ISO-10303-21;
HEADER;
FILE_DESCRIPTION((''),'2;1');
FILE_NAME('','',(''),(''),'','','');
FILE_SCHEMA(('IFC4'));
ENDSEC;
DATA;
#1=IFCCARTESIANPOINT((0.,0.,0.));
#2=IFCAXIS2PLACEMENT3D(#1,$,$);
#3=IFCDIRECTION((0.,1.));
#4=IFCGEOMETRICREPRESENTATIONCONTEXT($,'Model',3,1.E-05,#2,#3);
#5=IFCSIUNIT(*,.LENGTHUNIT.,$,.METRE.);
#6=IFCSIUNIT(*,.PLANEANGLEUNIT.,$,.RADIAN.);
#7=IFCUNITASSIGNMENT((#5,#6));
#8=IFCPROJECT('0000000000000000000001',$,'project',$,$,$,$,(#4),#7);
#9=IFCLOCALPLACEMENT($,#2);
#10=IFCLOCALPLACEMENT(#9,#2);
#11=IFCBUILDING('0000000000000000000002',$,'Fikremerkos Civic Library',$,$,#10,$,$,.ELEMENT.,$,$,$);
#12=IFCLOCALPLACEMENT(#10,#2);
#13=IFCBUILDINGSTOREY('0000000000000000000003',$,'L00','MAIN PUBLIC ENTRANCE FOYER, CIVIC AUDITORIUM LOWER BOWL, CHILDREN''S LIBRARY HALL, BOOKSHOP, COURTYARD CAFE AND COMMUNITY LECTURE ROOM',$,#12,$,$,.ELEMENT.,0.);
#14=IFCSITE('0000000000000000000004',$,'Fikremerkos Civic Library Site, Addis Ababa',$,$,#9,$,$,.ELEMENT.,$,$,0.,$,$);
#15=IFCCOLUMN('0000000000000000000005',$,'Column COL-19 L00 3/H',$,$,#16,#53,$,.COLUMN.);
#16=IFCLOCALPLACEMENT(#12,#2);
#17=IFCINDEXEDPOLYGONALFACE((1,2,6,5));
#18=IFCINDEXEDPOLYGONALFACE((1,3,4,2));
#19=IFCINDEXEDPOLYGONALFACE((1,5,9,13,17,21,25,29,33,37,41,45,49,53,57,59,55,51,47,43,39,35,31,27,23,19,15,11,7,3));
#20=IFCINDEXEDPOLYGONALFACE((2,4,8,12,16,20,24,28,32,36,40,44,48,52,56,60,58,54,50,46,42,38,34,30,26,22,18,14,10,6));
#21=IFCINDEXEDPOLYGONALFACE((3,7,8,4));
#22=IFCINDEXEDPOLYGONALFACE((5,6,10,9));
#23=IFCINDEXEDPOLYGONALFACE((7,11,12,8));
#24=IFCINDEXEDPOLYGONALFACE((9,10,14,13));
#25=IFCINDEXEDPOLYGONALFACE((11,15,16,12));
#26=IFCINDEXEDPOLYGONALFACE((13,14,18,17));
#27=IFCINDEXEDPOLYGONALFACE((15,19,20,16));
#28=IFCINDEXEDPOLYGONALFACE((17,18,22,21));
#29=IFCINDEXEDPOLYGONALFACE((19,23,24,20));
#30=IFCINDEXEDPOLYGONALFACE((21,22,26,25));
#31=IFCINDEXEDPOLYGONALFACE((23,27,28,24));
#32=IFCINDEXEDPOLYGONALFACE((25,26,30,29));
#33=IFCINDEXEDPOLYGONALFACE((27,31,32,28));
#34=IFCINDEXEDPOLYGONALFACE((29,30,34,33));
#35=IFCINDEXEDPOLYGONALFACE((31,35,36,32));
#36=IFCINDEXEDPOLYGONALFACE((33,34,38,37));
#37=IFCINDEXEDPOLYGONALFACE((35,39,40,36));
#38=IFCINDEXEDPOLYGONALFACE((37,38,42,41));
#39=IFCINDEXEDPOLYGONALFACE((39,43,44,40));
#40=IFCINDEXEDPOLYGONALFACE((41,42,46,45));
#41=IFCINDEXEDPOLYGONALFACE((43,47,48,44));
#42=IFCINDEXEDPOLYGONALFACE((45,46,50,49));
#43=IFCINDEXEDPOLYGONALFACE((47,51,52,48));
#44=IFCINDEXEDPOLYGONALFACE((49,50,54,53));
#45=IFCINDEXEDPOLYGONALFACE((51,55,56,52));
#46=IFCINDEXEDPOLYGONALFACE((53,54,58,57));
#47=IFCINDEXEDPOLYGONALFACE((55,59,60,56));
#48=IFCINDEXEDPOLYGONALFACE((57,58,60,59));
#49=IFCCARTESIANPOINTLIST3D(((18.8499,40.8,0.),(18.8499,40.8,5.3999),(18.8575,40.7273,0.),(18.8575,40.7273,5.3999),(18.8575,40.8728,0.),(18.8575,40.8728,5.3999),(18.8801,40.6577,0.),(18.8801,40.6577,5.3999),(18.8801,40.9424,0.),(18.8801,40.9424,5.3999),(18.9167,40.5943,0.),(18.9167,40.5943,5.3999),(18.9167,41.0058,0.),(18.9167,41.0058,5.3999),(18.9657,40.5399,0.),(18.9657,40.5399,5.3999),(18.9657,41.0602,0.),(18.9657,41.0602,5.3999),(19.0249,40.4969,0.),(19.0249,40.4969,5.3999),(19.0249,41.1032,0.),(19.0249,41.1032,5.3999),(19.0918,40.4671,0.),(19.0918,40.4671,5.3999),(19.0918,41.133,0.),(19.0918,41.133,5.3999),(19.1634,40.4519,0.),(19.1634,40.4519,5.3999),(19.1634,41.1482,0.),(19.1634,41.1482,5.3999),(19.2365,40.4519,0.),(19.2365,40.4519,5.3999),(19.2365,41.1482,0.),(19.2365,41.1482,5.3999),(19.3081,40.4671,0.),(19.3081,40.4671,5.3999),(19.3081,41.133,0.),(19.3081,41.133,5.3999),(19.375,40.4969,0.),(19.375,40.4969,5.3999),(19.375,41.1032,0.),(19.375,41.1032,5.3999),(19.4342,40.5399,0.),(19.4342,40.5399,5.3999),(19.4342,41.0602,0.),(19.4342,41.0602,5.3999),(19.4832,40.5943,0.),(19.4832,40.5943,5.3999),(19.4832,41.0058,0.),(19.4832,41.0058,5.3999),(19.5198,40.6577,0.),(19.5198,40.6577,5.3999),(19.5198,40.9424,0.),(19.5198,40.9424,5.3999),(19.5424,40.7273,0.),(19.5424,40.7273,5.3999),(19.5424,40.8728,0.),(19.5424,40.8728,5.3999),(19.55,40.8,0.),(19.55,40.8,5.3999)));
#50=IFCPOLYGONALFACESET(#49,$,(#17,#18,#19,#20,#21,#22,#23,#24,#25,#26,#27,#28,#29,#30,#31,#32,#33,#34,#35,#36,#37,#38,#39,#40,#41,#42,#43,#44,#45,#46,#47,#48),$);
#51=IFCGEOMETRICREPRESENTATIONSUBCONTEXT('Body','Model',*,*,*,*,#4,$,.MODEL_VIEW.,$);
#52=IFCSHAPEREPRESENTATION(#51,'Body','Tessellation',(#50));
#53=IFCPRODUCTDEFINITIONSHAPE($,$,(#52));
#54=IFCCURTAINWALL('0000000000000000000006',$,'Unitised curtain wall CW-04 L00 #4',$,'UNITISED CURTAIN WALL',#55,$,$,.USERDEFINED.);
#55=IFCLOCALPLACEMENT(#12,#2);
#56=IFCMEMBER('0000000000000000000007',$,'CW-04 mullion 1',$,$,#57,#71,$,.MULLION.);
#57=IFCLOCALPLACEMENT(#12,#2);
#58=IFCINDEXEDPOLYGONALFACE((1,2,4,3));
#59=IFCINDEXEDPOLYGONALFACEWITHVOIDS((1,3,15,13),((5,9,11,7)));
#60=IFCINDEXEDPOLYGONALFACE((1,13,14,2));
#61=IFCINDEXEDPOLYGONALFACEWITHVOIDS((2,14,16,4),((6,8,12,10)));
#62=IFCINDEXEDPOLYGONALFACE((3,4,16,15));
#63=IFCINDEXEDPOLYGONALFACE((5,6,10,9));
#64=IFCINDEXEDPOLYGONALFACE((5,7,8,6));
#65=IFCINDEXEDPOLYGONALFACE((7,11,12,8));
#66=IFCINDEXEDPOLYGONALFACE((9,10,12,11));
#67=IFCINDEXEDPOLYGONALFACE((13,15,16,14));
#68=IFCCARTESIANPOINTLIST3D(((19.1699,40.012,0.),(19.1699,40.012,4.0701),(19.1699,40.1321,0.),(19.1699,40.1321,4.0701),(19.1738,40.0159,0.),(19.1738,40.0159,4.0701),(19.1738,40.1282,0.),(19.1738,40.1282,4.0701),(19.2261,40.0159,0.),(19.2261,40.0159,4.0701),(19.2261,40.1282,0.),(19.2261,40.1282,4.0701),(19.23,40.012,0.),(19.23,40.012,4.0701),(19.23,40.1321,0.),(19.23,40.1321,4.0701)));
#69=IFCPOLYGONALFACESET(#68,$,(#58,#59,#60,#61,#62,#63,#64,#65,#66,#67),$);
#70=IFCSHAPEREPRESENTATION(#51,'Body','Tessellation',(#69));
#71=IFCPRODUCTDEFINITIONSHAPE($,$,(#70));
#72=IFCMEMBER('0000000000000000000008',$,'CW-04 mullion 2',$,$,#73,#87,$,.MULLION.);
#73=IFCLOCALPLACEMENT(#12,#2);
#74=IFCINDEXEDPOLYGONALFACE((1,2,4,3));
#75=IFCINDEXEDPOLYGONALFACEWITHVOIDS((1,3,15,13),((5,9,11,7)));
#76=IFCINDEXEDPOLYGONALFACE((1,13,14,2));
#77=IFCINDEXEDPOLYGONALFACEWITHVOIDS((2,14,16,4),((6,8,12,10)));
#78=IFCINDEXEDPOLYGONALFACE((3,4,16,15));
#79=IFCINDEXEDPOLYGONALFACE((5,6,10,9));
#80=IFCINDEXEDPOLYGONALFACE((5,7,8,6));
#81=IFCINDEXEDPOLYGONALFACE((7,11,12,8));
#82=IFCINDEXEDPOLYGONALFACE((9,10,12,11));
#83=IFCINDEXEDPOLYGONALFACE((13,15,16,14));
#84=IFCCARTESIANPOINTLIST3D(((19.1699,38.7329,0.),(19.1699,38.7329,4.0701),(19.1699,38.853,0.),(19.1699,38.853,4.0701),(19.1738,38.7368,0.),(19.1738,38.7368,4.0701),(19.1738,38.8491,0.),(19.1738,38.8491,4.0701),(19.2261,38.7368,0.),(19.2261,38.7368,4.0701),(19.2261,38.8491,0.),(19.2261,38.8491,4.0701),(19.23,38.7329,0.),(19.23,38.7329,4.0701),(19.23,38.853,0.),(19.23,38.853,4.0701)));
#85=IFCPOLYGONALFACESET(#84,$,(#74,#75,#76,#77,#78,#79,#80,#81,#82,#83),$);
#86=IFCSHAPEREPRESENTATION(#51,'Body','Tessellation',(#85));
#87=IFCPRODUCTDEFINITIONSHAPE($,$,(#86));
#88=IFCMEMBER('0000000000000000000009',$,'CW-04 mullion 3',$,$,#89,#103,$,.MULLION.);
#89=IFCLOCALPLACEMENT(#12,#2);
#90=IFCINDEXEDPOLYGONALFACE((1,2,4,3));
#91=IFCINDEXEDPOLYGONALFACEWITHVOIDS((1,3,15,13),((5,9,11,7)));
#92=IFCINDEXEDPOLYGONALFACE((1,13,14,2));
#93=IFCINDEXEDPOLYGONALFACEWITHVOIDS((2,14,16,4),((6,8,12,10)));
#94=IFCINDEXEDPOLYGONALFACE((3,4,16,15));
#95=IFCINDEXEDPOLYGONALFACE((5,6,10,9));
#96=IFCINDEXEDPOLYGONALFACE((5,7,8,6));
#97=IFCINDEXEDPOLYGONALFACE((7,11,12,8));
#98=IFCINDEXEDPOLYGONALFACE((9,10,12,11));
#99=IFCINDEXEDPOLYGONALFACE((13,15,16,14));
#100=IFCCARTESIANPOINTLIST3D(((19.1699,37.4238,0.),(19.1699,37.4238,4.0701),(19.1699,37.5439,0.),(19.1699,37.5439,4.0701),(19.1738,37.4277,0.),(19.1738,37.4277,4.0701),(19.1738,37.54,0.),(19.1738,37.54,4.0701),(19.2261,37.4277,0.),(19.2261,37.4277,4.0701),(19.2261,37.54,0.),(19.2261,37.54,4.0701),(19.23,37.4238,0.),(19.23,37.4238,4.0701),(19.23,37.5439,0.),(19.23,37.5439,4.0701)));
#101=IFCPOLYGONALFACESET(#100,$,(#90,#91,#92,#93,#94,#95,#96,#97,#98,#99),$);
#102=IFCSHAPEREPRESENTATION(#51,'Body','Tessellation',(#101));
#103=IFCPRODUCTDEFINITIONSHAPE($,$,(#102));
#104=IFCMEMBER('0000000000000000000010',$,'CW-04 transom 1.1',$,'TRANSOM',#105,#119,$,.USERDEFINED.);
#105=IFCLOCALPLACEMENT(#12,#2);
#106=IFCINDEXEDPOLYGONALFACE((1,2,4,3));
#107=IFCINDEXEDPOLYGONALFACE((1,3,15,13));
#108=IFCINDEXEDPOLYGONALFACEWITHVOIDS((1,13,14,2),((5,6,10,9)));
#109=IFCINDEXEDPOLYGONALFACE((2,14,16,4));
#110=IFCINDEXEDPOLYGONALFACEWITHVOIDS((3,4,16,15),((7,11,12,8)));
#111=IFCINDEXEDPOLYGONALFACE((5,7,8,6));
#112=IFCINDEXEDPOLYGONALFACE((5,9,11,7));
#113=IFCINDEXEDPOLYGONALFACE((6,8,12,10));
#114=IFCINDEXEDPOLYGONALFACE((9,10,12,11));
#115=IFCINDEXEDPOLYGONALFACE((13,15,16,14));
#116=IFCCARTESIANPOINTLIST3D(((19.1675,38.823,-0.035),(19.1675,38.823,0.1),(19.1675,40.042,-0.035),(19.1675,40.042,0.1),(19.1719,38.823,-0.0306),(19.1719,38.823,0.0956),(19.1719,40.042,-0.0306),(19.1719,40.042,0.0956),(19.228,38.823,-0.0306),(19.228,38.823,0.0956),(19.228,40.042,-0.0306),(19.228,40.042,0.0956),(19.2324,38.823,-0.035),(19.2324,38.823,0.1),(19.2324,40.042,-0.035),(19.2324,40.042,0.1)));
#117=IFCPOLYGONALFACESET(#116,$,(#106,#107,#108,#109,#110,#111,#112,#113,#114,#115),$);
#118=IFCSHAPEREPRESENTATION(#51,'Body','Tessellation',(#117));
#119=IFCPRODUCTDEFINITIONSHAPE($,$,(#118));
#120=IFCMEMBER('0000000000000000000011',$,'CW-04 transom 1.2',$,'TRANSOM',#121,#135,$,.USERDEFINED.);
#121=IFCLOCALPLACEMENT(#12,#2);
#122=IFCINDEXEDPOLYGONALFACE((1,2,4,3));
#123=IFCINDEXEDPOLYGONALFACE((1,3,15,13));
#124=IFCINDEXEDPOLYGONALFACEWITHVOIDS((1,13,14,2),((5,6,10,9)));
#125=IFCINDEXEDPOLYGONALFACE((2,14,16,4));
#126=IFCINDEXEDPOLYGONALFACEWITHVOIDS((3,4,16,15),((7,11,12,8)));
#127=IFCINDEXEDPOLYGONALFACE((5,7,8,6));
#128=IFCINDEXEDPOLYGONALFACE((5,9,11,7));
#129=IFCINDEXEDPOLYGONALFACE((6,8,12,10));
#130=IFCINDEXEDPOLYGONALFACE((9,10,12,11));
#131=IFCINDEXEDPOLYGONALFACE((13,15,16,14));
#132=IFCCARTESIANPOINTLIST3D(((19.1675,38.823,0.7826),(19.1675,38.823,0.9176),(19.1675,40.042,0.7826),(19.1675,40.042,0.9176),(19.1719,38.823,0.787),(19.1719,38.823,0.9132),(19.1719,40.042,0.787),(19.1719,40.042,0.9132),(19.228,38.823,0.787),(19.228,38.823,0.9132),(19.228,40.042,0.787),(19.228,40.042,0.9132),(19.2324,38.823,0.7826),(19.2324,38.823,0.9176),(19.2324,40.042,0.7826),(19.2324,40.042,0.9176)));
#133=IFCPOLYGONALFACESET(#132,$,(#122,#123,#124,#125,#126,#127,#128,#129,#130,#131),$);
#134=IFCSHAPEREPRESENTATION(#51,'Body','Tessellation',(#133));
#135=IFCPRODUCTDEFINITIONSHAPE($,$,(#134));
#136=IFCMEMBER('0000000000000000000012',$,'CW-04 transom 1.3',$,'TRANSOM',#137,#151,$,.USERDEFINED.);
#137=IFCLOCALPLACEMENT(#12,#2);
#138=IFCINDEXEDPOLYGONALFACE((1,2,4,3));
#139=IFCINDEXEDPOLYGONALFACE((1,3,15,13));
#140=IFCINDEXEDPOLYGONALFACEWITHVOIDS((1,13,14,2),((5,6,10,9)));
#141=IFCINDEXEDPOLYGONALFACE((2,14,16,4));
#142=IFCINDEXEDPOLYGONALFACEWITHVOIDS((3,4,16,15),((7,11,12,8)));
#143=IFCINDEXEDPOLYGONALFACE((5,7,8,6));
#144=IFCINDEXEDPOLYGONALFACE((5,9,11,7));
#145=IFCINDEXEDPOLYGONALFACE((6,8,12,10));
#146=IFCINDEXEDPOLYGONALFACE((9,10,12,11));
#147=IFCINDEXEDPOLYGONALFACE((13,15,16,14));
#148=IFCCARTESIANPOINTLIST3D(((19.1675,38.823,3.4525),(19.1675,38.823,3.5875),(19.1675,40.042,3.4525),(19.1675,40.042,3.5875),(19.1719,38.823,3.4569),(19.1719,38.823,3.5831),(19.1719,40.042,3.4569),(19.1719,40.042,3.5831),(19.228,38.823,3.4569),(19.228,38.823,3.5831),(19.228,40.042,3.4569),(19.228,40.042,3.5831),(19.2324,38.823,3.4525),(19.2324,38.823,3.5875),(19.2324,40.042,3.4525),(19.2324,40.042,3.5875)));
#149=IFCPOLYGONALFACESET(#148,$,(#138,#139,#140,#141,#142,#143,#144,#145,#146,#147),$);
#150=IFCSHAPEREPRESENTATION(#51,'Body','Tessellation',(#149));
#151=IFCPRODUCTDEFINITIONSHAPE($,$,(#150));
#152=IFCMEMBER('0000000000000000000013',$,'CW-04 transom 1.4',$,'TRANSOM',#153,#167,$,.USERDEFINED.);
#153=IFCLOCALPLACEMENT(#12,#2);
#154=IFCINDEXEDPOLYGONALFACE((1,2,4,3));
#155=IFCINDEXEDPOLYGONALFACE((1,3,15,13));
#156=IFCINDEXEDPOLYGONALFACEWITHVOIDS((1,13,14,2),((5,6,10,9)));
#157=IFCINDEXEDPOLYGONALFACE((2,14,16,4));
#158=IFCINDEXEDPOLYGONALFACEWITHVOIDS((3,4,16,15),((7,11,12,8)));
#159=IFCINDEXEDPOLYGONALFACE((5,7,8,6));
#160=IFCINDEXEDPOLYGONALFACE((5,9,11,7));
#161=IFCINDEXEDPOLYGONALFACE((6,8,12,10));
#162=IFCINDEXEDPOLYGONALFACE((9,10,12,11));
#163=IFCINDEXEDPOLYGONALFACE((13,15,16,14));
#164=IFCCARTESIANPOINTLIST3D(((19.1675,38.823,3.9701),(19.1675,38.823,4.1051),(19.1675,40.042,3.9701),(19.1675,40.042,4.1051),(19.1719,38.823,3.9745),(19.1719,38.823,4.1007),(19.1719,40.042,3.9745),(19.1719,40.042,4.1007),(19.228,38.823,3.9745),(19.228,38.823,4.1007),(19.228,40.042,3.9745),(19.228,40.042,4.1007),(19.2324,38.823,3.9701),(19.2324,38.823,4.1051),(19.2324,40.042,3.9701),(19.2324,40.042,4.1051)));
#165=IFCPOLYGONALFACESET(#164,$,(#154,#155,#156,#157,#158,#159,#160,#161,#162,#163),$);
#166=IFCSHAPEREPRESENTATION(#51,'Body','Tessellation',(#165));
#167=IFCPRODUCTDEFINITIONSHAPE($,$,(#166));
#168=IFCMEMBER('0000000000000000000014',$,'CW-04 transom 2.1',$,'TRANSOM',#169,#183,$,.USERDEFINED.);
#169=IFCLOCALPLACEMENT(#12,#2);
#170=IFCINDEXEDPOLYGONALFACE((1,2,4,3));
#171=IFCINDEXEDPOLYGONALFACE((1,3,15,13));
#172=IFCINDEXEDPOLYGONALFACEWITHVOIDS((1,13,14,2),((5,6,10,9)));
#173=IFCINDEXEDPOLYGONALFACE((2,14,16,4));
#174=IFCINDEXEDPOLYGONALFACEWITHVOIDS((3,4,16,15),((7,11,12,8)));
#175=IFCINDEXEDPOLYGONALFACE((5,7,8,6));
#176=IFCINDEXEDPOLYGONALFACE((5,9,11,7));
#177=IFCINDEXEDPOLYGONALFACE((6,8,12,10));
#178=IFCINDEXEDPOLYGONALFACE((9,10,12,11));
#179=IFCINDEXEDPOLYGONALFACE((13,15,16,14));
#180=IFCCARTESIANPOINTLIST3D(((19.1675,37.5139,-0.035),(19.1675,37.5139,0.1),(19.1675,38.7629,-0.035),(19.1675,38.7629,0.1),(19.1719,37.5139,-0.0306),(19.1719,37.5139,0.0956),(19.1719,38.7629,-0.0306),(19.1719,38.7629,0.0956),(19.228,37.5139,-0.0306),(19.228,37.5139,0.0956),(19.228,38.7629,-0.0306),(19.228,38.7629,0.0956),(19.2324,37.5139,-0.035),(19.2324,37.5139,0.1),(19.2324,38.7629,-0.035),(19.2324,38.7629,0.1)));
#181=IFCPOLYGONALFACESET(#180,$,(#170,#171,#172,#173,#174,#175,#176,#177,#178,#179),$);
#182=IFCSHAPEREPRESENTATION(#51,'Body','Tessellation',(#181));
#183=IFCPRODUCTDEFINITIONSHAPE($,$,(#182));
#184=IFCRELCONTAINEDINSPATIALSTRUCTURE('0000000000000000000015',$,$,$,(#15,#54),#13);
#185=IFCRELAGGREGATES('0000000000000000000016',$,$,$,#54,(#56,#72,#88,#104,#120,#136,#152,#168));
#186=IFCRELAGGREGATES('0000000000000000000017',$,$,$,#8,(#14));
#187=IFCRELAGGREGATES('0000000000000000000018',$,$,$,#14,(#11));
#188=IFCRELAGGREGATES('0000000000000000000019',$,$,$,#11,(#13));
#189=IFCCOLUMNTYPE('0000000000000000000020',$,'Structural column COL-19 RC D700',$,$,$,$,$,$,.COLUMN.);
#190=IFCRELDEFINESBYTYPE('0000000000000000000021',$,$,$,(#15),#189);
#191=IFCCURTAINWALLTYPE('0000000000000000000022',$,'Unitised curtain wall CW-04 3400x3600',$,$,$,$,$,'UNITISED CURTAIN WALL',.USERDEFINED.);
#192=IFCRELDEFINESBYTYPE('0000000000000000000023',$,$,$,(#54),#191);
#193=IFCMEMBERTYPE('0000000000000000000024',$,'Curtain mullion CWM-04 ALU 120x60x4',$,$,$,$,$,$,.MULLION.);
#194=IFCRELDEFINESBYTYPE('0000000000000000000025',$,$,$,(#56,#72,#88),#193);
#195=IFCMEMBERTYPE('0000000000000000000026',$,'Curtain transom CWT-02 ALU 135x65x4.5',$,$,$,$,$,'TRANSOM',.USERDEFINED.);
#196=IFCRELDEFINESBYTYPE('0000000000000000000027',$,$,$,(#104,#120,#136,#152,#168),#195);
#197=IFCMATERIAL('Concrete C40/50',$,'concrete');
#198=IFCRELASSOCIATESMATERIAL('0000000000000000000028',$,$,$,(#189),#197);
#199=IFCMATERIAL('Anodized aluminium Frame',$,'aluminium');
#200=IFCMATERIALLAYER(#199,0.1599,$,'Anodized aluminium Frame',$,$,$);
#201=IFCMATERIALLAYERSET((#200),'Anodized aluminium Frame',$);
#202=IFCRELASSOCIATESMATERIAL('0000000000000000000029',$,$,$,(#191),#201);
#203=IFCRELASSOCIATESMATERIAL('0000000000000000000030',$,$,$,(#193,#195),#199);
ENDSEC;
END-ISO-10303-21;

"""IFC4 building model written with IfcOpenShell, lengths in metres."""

from ifc_helpers import new_model, si_unit, direction, frame, origin, origin_2d, place, context, subcontext, project, spatial, hollow_rectangle, circle, extrude, material, layer, layer_set, material_profile, profile_set, type_object, element, aggregate, save


model = new_model("IFC4")

# Units and contexts
model_context = context("Model", 3, precision=1e-05, world=origin(), true_north=direction((0.0, 1.0)))
body_context = subcontext(model_context, "Body", "Model", "MODEL_VIEW")
ifc_project = project(units=[si_unit("LENGTHUNIT", "METRE"), si_unit("PLANEANGLEUNIT", "RADIAN")], contexts=[model_context])

# Site, building, storey
site_placement = place(None, origin())
site = spatial("IfcSite", under=ifc_project, at=site_placement, Name="Fikremerkos Civic Library Site, Addis Ababa", CompositionType="ELEMENT", RefElevation=0.0)
building_placement = place(site_placement, origin())
building = spatial("IfcBuilding", under=site, at=building_placement, Name="Fikremerkos Civic Library", CompositionType="ELEMENT")
storey_placement = place(building_placement, origin())
storey = spatial("IfcBuildingStorey", under=building, at=storey_placement, Name="L00", Description="MAIN PUBLIC ENTRANCE FOYER, CIVIC AUDITORIUM LOWER BOWL, CHILDREN'S LIBRARY HALL, BOOKSHOP, COURTYARD CAFE AND COMMUNITY LECTURE ROOM", CompositionType="ELEMENT", Elevation=0.0)

# Column
ifc_material_1 = material(Name="Concrete C40/50", Category="concrete")
ifc_material_profile_1 = material_profile(ifc_material_1, circle(Radius=0.3501, at=origin_2d()), Name="RC D700")
ifc_profile_set_1 = profile_set([ifc_material_profile_1], Name="Concrete C40/50")
column_type = type_object("IfcColumnType", Name="Structural column COL-19 RC D700", PredefinedType="COLUMN", material=ifc_profile_set_1)
column_placement = place(storey_placement, frame((19.2, 40.8, 0.0), z_axis=(0.0, 0.0, 1.0), x_axis=(1.0, 0.0, 0.0)))
element("IfcColumn", 1, at=column_placement, inside=storey, type_object=column_type, Name="Column COL-19 L00 3/H", PredefinedType="COLUMN", context=body_context, shape_type="SweptSolid", body=[
    extrude(circle(Radius=0.3501, at=origin_2d()), origin(), (0.0, 0.0, 1.0), 5.3999),
])

# Curtain wall, members
ifc_material_2 = material(Name="Anodized aluminium Frame", Category="aluminium")
ifc_layer_1 = layer(ifc_material_2, 0.1599, Name="Anodized aluminium Frame")
ifc_layer_set_1 = layer_set([ifc_layer_1], Name="Anodized aluminium Frame")
curtain_wall_type = type_object("IfcCurtainWallType", Name="Unitised curtain wall CW-04 3400x3600", ElementType="UNITISED CURTAIN WALL", PredefinedType="USERDEFINED", material=ifc_layer_set_1)
curtain_wall_placement = place(storey_placement, origin())
curtain_wall = element("IfcCurtainWall", 2, at=curtain_wall_placement, inside=storey, type_object=curtain_wall_type, Name="Unitised curtain wall CW-04 L00 #4", ObjectType="UNITISED CURTAIN WALL", PredefinedType="USERDEFINED")
ifc_material_profile_2 = material_profile(ifc_material_2, hollow_rectangle(XDim=0.0601, YDim=0.1201, WallThickness=0.0039, at=origin_2d()), Name="ALU 120x60x4")
ifc_profile_set_2 = profile_set([ifc_material_profile_2], Name="Anodized aluminium Frame")
member_type_1 = type_object("IfcMemberType", Name="Curtain mullion CWM-04 ALU 120x60x4", PredefinedType="MULLION", material=ifc_profile_set_2)
member_1_placement = place(storey_placement, frame((19.2, 40.072, 0.0), z_axis=(0.0, 0.0, 1.0), x_axis=(1.0, 0.0, 0.0)))
member_1 = element("IfcMember", 3, at=member_1_placement, type_object=member_type_1, Name="CW-04 mullion 1", PredefinedType="MULLION", context=body_context, shape_type="SweptSolid", body=[
    extrude(hollow_rectangle(XDim=0.0601, YDim=0.1201, WallThickness=0.0039, at=origin_2d()), origin(), (0.0, 0.0, 1.0), 4.0701),
])
member_2_placement = place(storey_placement, frame((19.2, 38.793, 0.0), z_axis=(0.0, 0.0, 1.0), x_axis=(1.0, 0.0, 0.0)))
member_2 = element("IfcMember", 4, at=member_2_placement, type_object=member_type_1, Name="CW-04 mullion 2", PredefinedType="MULLION", context=body_context, shape_type="SweptSolid", body=[
    extrude(hollow_rectangle(XDim=0.0601, YDim=0.1201, WallThickness=0.0039, at=origin_2d()), origin(), (0.0, 0.0, 1.0), 4.0701),
])
member_3_placement = place(storey_placement, frame((19.2, 37.4839, 0.0), z_axis=(0.0, 0.0, 1.0), x_axis=(1.0, 0.0, 0.0)))
member_3 = element("IfcMember", 5, at=member_3_placement, type_object=member_type_1, Name="CW-04 mullion 3", PredefinedType="MULLION", context=body_context, shape_type="SweptSolid", body=[
    extrude(hollow_rectangle(XDim=0.0601, YDim=0.1201, WallThickness=0.0039, at=origin_2d()), origin(), (0.0, 0.0, 1.0), 4.0701),
])
ifc_material_profile_3 = material_profile(ifc_material_2, hollow_rectangle(XDim=0.0649, YDim=0.135, WallThickness=0.0044, at=origin_2d()), Name="ALU 135x65x4.5")
ifc_profile_set_3 = profile_set([ifc_material_profile_3], Name="Anodized aluminium Frame")
member_type_2 = type_object("IfcMemberType", Name="Curtain transom CWT-02 ALU 135x65x4.5", ElementType="TRANSOM", PredefinedType="USERDEFINED", material=ifc_profile_set_3)
member_4_placement = place(storey_placement, frame((19.2, 40.042, 0.0325), z_axis=(0.0, -1.0, 0.0), x_axis=(1.0, 0.0, 0.0)))
member_4 = element("IfcMember", 6, at=member_4_placement, type_object=member_type_2, Name="CW-04 transom 1.1", ObjectType="TRANSOM", PredefinedType="USERDEFINED", context=body_context, shape_type="SweptSolid", body=[
    extrude(hollow_rectangle(XDim=0.0649, YDim=0.135, WallThickness=0.0044, at=origin_2d()), origin(), (0.0, 0.0, 1.0), 1.219),
])
member_5_placement = place(storey_placement, frame((19.2, 40.042, 0.8501), z_axis=(0.0, -1.0, 0.0), x_axis=(1.0, 0.0, 0.0)))
member_5 = element("IfcMember", 7, at=member_5_placement, type_object=member_type_2, Name="CW-04 transom 1.2", ObjectType="TRANSOM", PredefinedType="USERDEFINED", context=body_context, shape_type="SweptSolid", body=[
    extrude(hollow_rectangle(XDim=0.0649, YDim=0.135, WallThickness=0.0044, at=origin_2d()), origin(), (0.0, 0.0, 1.0), 1.219),
])
member_6_placement = place(storey_placement, frame((19.2, 40.042, 3.52), z_axis=(0.0, -1.0, 0.0), x_axis=(1.0, 0.0, 0.0)))
member_6 = element("IfcMember", 8, at=member_6_placement, type_object=member_type_2, Name="CW-04 transom 1.3", ObjectType="TRANSOM", PredefinedType="USERDEFINED", context=body_context, shape_type="SweptSolid", body=[
    extrude(hollow_rectangle(XDim=0.0649, YDim=0.135, WallThickness=0.0044, at=origin_2d()), origin(), (0.0, 0.0, 1.0), 1.219),
])
member_7_placement = place(storey_placement, frame((19.2, 40.042, 4.0376), z_axis=(0.0, -1.0, 0.0), x_axis=(1.0, 0.0, 0.0)))
member_7 = element("IfcMember", 9, at=member_7_placement, type_object=member_type_2, Name="CW-04 transom 1.4", ObjectType="TRANSOM", PredefinedType="USERDEFINED", context=body_context, shape_type="SweptSolid", body=[
    extrude(hollow_rectangle(XDim=0.0649, YDim=0.135, WallThickness=0.0044, at=origin_2d()), origin(), (0.0, 0.0, 1.0), 1.219),
])
member_8_placement = place(storey_placement, frame((19.2, 38.7629, 0.0325), z_axis=(0.0, -1.0, 0.0), x_axis=(1.0, 0.0, 0.0)))
member_8 = element("IfcMember", 10, at=member_8_placement, type_object=member_type_2, Name="CW-04 transom 2.1", ObjectType="TRANSOM", PredefinedType="USERDEFINED", context=body_context, shape_type="SweptSolid", body=[
    extrude(hollow_rectangle(XDim=0.0649, YDim=0.135, WallThickness=0.0044, at=origin_2d()), origin(), (0.0, 0.0, 1.0), 1.249),
])

aggregate(curtain_wall, [member_1, member_2, member_3, member_4, member_5, member_6, member_7, member_8])

save(model, "model.ifc")
